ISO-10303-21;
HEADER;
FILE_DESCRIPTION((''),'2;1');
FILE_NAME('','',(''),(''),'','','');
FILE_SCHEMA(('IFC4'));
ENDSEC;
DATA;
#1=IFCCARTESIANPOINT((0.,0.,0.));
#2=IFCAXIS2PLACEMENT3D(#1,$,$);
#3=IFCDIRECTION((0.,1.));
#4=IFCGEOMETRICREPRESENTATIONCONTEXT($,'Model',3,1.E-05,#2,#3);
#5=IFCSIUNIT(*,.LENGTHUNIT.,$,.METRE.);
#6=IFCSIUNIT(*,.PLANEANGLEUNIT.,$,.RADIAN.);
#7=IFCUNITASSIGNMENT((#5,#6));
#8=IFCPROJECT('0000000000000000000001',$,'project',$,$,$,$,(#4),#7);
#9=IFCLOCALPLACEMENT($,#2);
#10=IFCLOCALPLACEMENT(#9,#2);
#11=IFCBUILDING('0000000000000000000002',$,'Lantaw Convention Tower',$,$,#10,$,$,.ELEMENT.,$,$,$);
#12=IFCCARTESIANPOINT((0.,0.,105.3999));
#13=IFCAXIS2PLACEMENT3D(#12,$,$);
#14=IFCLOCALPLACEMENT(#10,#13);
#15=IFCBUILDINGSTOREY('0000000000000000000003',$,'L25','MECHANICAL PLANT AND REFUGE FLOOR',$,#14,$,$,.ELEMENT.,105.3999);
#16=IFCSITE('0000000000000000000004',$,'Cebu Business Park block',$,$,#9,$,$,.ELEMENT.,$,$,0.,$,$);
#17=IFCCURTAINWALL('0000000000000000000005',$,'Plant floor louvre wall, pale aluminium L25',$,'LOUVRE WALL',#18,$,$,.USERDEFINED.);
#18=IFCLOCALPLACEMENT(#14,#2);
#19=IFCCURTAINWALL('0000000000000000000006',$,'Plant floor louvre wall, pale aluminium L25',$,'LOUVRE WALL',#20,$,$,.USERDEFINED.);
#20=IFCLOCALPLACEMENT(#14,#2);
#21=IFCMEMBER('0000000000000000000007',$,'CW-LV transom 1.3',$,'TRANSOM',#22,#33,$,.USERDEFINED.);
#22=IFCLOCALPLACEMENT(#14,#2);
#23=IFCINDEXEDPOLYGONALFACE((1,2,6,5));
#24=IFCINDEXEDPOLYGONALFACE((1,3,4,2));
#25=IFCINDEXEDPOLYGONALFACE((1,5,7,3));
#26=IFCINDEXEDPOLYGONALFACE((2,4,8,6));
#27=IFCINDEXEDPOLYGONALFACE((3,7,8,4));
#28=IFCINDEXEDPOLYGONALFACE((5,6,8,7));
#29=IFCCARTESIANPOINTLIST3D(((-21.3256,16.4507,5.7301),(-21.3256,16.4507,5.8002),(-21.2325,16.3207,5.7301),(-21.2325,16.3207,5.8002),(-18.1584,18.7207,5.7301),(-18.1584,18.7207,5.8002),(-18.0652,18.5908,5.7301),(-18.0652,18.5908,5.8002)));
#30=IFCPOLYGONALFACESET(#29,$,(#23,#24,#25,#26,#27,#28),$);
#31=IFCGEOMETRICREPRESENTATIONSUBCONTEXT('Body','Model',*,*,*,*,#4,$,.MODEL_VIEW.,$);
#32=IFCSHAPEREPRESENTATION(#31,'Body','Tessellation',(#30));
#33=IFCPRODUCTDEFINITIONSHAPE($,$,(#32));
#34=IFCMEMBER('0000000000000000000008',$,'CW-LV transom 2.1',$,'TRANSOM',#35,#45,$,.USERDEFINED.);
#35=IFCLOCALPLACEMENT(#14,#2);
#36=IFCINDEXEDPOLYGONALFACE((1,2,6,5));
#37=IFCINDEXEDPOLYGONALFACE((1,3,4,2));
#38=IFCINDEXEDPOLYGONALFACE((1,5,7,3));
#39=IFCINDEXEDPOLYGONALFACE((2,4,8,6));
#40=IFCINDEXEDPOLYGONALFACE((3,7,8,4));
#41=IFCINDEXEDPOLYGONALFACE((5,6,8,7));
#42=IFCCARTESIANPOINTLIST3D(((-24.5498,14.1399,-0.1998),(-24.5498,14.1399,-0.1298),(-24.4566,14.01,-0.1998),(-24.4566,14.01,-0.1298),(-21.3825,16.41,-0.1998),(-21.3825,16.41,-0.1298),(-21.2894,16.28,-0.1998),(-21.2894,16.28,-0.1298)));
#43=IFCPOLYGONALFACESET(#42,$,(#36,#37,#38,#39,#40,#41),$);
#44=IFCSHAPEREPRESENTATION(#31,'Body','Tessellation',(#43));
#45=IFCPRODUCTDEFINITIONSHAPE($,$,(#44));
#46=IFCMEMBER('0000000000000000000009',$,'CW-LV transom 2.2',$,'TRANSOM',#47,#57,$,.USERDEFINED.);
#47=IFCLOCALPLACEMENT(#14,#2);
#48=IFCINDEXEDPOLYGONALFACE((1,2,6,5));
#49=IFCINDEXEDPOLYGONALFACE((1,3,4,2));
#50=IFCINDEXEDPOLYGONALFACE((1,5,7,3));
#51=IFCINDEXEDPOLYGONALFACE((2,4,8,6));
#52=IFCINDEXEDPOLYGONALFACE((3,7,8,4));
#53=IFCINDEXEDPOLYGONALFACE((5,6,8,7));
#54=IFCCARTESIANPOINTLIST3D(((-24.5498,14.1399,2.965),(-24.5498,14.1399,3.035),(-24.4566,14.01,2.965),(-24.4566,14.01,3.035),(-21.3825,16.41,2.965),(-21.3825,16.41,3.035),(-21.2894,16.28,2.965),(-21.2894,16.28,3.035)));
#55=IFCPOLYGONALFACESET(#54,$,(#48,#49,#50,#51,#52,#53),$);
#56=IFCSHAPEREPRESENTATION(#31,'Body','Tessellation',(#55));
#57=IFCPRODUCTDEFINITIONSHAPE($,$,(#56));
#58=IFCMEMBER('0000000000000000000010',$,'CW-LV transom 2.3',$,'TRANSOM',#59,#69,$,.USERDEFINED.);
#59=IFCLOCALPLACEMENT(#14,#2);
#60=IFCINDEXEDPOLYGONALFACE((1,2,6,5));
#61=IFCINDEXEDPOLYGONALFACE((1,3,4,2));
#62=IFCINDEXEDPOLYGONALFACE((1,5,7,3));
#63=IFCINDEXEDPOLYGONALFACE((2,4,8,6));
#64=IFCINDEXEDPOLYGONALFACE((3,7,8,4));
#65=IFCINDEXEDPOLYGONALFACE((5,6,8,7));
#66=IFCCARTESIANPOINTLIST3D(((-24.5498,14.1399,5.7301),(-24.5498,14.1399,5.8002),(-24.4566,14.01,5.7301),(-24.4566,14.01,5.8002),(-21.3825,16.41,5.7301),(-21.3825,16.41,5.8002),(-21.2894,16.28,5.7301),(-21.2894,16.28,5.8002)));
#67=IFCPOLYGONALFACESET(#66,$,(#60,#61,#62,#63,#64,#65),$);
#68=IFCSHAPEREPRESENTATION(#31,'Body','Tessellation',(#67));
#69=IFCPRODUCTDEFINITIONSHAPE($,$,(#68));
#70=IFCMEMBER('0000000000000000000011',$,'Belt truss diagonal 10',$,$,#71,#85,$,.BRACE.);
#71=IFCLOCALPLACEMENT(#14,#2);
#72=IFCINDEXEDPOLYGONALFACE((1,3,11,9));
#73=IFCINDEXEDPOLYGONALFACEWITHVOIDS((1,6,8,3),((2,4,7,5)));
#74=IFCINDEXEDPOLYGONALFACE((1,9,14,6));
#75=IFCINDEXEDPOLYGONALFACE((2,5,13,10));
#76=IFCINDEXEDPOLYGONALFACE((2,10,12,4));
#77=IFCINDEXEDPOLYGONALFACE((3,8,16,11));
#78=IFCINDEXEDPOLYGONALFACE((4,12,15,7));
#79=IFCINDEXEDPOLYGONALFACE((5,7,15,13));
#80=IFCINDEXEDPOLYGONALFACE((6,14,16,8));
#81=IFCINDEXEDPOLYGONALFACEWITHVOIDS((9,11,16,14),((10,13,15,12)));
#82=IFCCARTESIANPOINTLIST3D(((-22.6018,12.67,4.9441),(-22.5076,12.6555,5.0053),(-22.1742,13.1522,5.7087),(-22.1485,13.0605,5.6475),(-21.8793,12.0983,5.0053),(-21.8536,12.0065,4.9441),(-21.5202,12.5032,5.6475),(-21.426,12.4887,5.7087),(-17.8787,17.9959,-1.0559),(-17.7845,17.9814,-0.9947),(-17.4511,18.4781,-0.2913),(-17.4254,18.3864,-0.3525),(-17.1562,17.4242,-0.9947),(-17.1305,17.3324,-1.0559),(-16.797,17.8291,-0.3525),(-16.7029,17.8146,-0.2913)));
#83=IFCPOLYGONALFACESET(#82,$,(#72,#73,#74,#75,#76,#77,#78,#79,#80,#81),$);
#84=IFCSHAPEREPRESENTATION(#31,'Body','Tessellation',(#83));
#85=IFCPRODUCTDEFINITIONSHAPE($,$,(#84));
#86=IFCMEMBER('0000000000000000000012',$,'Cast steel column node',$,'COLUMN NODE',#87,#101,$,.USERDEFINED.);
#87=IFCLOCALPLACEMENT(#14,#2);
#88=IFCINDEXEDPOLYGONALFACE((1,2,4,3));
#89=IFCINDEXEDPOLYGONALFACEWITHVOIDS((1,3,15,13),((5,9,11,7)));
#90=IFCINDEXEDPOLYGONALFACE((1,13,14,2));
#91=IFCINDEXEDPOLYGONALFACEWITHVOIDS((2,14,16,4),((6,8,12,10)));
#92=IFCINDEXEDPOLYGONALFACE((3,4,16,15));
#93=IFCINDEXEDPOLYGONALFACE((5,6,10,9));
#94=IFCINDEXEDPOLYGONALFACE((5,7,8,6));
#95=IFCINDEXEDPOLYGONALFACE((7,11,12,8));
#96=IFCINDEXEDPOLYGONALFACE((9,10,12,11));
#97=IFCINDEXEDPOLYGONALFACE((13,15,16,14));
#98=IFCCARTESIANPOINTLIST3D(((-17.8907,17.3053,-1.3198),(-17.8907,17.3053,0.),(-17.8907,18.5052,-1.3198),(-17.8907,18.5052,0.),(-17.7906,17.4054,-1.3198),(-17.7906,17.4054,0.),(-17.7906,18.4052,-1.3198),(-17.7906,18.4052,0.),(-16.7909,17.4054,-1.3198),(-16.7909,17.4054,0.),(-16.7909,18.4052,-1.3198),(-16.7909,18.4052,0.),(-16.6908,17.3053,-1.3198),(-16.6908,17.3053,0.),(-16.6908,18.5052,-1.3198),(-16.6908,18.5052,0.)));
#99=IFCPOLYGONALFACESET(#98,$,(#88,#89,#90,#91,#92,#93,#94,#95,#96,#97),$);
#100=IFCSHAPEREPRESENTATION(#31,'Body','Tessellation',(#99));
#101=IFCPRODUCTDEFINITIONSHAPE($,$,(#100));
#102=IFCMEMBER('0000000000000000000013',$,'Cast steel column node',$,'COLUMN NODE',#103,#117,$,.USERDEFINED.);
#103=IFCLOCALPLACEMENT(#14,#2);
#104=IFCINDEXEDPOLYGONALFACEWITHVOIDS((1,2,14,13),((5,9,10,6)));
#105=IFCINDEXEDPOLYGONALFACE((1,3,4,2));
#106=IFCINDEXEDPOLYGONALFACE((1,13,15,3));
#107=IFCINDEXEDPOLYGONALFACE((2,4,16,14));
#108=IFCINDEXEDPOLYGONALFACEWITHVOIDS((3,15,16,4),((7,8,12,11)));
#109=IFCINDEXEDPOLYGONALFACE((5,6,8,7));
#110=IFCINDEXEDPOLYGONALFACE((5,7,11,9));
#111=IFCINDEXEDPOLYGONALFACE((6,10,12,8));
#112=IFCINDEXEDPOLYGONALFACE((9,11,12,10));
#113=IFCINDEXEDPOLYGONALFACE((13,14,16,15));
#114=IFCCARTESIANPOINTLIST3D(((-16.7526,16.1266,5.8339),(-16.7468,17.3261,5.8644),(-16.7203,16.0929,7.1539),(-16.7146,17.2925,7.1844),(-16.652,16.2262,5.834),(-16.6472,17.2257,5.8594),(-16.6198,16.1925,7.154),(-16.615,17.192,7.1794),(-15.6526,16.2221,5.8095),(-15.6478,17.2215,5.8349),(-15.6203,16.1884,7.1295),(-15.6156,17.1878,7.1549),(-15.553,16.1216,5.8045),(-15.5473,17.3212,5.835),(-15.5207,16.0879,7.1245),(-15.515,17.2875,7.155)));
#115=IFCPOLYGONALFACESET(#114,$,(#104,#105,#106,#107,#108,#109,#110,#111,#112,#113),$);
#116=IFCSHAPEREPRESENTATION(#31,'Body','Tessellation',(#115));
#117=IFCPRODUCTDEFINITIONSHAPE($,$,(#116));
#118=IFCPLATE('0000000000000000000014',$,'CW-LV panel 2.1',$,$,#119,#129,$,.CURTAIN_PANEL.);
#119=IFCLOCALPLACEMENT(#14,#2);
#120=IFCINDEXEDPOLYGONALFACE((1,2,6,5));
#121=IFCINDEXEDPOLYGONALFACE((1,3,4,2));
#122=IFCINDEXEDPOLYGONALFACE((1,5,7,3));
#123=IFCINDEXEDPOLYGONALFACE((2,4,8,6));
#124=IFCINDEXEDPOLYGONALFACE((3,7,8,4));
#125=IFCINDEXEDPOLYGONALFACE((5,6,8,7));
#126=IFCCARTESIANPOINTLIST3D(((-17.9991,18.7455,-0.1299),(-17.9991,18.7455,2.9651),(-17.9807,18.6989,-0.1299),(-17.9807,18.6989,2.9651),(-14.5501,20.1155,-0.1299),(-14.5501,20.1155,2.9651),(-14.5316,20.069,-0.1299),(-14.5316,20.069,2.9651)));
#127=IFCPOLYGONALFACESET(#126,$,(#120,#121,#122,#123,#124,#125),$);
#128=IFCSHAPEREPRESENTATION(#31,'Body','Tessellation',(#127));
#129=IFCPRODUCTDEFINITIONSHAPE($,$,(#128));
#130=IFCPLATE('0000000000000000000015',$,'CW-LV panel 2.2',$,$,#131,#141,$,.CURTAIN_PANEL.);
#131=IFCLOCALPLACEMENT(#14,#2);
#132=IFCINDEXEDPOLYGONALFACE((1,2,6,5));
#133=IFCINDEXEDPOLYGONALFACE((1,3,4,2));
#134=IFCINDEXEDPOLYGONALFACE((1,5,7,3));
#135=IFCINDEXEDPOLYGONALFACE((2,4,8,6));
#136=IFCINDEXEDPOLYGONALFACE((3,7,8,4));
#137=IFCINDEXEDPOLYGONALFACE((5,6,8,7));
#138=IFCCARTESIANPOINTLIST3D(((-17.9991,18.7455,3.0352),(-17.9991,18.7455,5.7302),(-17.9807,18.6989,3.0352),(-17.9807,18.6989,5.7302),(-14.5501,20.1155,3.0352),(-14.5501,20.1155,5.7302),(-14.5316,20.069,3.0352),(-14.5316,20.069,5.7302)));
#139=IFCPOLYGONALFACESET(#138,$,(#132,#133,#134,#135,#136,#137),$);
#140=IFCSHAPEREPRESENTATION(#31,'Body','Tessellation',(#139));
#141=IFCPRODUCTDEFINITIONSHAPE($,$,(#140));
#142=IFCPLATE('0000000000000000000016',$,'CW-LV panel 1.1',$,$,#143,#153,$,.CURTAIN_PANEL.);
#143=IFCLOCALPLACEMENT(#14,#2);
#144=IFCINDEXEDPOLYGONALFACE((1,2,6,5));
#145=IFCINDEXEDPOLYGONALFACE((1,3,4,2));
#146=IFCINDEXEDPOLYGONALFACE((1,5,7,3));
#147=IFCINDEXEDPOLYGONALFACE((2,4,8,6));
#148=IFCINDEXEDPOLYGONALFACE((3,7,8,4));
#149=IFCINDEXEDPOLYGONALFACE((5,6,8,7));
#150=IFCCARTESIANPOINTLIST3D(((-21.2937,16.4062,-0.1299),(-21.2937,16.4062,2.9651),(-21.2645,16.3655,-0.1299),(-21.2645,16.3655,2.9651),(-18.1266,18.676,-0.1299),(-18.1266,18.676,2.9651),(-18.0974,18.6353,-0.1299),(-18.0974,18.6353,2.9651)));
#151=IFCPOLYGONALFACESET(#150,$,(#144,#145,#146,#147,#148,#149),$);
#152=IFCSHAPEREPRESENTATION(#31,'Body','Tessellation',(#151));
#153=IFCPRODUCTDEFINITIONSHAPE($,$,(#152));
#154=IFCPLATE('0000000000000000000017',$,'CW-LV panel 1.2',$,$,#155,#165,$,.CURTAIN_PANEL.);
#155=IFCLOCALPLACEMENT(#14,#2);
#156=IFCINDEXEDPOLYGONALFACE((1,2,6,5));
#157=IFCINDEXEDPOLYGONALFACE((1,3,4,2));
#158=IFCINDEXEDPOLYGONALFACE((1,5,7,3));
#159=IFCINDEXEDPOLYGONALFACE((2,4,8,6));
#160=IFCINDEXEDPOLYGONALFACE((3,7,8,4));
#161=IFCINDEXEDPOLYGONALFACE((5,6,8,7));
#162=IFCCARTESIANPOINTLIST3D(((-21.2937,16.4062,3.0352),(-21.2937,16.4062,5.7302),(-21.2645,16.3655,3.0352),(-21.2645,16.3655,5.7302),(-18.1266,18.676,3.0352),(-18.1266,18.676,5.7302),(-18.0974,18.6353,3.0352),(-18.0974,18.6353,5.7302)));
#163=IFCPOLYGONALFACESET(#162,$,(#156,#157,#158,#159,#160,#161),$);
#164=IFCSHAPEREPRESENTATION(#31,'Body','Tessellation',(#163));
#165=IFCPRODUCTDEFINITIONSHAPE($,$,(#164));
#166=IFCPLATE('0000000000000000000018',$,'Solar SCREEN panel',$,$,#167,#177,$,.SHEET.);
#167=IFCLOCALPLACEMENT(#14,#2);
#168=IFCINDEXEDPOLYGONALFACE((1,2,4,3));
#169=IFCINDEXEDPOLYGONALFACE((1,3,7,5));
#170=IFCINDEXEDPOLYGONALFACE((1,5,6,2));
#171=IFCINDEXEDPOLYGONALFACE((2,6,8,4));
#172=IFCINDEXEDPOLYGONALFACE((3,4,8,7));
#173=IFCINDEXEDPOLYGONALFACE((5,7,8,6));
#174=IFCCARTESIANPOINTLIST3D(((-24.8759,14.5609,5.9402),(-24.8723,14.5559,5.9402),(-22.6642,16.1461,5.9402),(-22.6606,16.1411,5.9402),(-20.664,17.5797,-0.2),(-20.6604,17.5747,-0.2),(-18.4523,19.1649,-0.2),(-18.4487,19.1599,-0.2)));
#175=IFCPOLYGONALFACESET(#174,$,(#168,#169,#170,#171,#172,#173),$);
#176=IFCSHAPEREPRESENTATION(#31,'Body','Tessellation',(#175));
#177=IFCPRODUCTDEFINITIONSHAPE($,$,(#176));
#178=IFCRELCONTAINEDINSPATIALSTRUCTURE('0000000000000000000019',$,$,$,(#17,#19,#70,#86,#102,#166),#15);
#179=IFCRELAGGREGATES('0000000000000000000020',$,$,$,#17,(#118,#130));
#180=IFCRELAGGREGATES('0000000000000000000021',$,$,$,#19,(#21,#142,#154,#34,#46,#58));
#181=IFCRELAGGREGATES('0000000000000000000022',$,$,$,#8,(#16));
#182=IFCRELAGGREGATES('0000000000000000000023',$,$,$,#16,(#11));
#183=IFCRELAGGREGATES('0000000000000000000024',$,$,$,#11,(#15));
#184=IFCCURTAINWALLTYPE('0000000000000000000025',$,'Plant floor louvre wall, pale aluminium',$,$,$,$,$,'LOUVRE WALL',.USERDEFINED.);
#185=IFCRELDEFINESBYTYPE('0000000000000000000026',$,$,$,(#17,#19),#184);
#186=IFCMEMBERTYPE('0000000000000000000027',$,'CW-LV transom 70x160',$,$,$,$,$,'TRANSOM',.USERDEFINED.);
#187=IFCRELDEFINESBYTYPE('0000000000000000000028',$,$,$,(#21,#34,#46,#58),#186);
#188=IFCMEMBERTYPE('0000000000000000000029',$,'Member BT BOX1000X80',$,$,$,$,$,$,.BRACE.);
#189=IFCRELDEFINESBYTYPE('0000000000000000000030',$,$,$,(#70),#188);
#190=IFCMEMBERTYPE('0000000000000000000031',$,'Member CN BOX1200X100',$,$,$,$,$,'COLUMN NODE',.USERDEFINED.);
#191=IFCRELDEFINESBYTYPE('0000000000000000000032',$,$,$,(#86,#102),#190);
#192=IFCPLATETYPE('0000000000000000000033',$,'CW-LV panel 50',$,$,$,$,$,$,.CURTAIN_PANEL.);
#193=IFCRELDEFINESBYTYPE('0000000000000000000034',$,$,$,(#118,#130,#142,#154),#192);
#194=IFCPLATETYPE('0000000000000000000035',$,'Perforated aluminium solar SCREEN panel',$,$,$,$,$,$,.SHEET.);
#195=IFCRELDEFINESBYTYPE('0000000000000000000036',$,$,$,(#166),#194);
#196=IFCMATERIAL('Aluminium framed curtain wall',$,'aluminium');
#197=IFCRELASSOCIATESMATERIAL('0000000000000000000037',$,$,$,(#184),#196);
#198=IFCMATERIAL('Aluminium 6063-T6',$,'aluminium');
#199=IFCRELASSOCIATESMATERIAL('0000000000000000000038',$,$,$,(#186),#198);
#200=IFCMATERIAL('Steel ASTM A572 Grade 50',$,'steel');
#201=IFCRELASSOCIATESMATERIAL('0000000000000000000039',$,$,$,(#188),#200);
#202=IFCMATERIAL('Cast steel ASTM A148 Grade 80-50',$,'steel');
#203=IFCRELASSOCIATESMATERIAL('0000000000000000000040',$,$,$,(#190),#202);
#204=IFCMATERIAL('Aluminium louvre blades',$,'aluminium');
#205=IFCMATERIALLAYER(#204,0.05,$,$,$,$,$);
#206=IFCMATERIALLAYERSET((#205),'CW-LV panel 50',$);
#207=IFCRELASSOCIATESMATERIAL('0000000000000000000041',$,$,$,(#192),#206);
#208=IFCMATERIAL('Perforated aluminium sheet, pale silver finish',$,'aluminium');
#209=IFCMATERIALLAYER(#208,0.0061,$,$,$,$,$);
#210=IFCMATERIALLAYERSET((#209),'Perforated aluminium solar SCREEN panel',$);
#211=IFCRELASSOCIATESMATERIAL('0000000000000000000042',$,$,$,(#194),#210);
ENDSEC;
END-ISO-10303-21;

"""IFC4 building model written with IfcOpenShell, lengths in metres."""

from ifc_helpers import new_model, si_unit, direction, frame, origin, origin_2d, place, context, subcontext, project, spatial, polyline, rectangle, hollow_rectangle, outline, extrude, material, layer, layer_set, material_profile, profile_set, type_object, element, aggregate, save


model = new_model("IFC4")

# Units and contexts
model_context = context("Model", 3, precision=1e-05, world=origin(), true_north=direction((0.0, 1.0)))
body_context = subcontext(model_context, "Body", "Model", "MODEL_VIEW")
ifc_project = project(units=[si_unit("LENGTHUNIT", "METRE"), si_unit("PLANEANGLEUNIT", "RADIAN")], contexts=[model_context])

# Site, building, storey
site_placement = place(None, origin())
site = spatial("IfcSite", under=ifc_project, at=site_placement, Name="Cebu Business Park block", CompositionType="ELEMENT", RefElevation=0.0)
building_placement = place(site_placement, origin())
building = spatial("IfcBuilding", under=site, at=building_placement, Name="Lantaw Convention Tower", CompositionType="ELEMENT")
storey_placement = place(building_placement, frame((0.0, 0.0, 105.3999)))
storey = spatial("IfcBuildingStorey", under=building, at=storey_placement, Name="L25", Description="MECHANICAL PLANT AND REFUGE FLOOR", CompositionType="ELEMENT", Elevation=105.3999)

# Curtain wall
ifc_material_1 = material(Name="Aluminium framed curtain wall", Category="aluminium")
curtain_wall_type = type_object("IfcCurtainWallType", Name="Plant floor louvre wall, pale aluminium", ElementType="LOUVRE WALL", PredefinedType="USERDEFINED", material=ifc_material_1)
curtain_wall_1_placement = place(storey_placement, origin())
curtain_wall_1 = element("IfcCurtainWall", 1, at=curtain_wall_1_placement, inside=storey, type_object=curtain_wall_type, Name="Plant floor louvre wall, pale aluminium L25", ObjectType="LOUVRE WALL", PredefinedType="USERDEFINED")
ifc_material_2 = material(Name="Aluminium 6063-T6", Category="aluminium")

# Curtain wall, members
curtain_wall_2_placement = place(storey_placement, origin())
curtain_wall_2 = element("IfcCurtainWall", 2, at=curtain_wall_2_placement, inside=storey, type_object=curtain_wall_type, Name="Plant floor louvre wall, pale aluminium L25", ObjectType="LOUVRE WALL", PredefinedType="USERDEFINED")
ifc_material_profile_1 = material_profile(ifc_material_2, rectangle(XDim=0.1599, YDim=0.0701, at=origin_2d()), Name="CW-LV transom 70x160")
ifc_profile_set_1 = profile_set([ifc_material_profile_1], Name="Aluminium 6063-T6")
member_type_1 = type_object("IfcMemberType", Name="CW-LV transom 70x160", ElementType="TRANSOM", PredefinedType="USERDEFINED", material=ifc_profile_set_1)
member_1_placement = place(storey_placement, frame((-18.1118, 18.6558, 5.7651), z_axis=(-0.812797, -0.582547, 0.0), x_axis=(0.582547, -0.812797, 0.0)))
member_1 = element("IfcMember", 3, at=member_1_placement, type_object=member_type_1, Name="CW-LV transom 1.3", ObjectType="TRANSOM", PredefinedType="USERDEFINED", context=body_context, shape_type="SweptSolid", body=[
    extrude(rectangle(XDim=0.1599, YDim=0.0701, at=origin_2d()), origin(), (0.0, 0.0, 1.0), 3.8967),
])
member_2_placement = place(storey_placement, frame((-21.3359, 16.345, -0.1648), z_axis=(-0.812797, -0.582547, 0.0), x_axis=(0.582547, -0.812797, 0.0)))
member_2 = element("IfcMember", 4, at=member_2_placement, type_object=member_type_1, Name="CW-LV transom 2.1", ObjectType="TRANSOM", PredefinedType="USERDEFINED", context=body_context, shape_type="SweptSolid", body=[
    extrude(rectangle(XDim=0.1599, YDim=0.0701, at=origin_2d()), origin(), (0.0, 0.0, 1.0), 3.8967),
])
member_3_placement = place(storey_placement, frame((-21.3359, 16.345, 3.0), z_axis=(-0.812797, -0.582547, 0.0), x_axis=(0.582547, -0.812797, 0.0)))
member_3 = element("IfcMember", 5, at=member_3_placement, type_object=member_type_1, Name="CW-LV transom 2.2", ObjectType="TRANSOM", PredefinedType="USERDEFINED", context=body_context, shape_type="SweptSolid", body=[
    extrude(rectangle(XDim=0.1599, YDim=0.0701, at=origin_2d()), origin(), (0.0, 0.0, 1.0), 3.8967),
])
member_4_placement = place(storey_placement, frame((-21.3359, 16.345, 5.7651), z_axis=(-0.812797, -0.582547, 0.0), x_axis=(0.582547, -0.812797, 0.0)))
member_4 = element("IfcMember", 6, at=member_4_placement, type_object=member_type_1, Name="CW-LV transom 2.3", ObjectType="TRANSOM", PredefinedType="USERDEFINED", context=body_context, shape_type="SweptSolid", body=[
    extrude(rectangle(XDim=0.1599, YDim=0.0701, at=origin_2d()), origin(), (0.0, 0.0, 1.0), 3.8967),
])

# Members
ifc_material_3 = material(Name="Steel ASTM A572 Grade 50", Category="steel")
ifc_material_profile_2 = material_profile(ifc_material_3, hollow_rectangle(XDim=1.0, YDim=1.0, WallThickness=0.0801, at=origin_2d()), Name="BOX1000X80")
ifc_profile_set_2 = profile_set([ifc_material_profile_2], Name="Steel ASTM A572 Grade 50")
member_type_2 = type_object("IfcMemberType", Name="Member BT BOX1000X80", PredefinedType="BRACE", material=ifc_profile_set_2)
member_5_placement = place(storey_placement, frame((-17.2908, 17.9053, -0.6736), z_axis=(-0.507327, -0.572074, 0.644478), x_axis=(0.748177, -0.663499, 0.0)))
element("IfcMember", 7, at=member_5_placement, inside=storey, type_object=member_type_2, Name="Belt truss diagonal 10", PredefinedType="BRACE", context=body_context, shape_type="SweptSolid", body=[
    extrude(hollow_rectangle(XDim=1.0, YDim=1.0, WallThickness=0.0801, at=origin_2d()), origin(), (0.0, 0.0, 1.0), 9.3098),
])
ifc_material_4 = material(Name="Cast steel ASTM A148 Grade 80-50", Category="steel")
ifc_material_profile_3 = material_profile(ifc_material_4, hollow_rectangle(XDim=1.2, YDim=1.2, WallThickness=0.1001, at=origin_2d()), Name="BOX1200X100")
ifc_profile_set_3 = profile_set([ifc_material_profile_3], Name="Cast steel ASTM A148 Grade 80-50")
member_type_3 = type_object("IfcMemberType", Name="Member CN BOX1200X100", ElementType="COLUMN NODE", PredefinedType="USERDEFINED", material=ifc_profile_set_3)
member_6_placement = place(storey_placement, frame((-17.2908, 17.9053, -1.3198), z_axis=(0.0, 0.0, 1.0), x_axis=(1.0, 0.0, 0.0)))
element("IfcMember", 8, at=member_6_placement, inside=storey, type_object=member_type_3, Name="Cast steel column node", ObjectType="COLUMN NODE", PredefinedType="USERDEFINED", context=body_context, shape_type="SweptSolid", body=[
    extrude(hollow_rectangle(XDim=1.2, YDim=1.2, WallThickness=0.1001, at=origin_2d()), origin(), (0.0, 0.0, 1.0), 1.3198),
])
member_7_placement = place(storey_placement, frame((-16.1499, 16.7239, 5.8345), z_axis=(0.024398, -0.025507, 0.999377), x_axis=(0.999691, -0.004146, -0.024511)))
element("IfcMember", 9, at=member_7_placement, inside=storey, type_object=member_type_3, Name="Cast steel column node", ObjectType="COLUMN NODE", PredefinedType="USERDEFINED", context=body_context, shape_type="SweptSolid", body=[
    extrude(hollow_rectangle(XDim=1.2, YDim=1.2, WallThickness=0.1001, at=origin_2d()), origin(), (0.0, 0.0, 1.0), 1.3208),
])

# Plates
ifc_material_5 = material(Name="Aluminium louvre blades", Category="aluminium")
ifc_layer_1 = layer(ifc_material_5, 0.05)
ifc_layer_set_1 = layer_set([ifc_layer_1], Name="CW-LV panel 50")
plate_type_1 = type_object("IfcPlateType", Name="CW-LV panel 50", PredefinedType="CURTAIN_PANEL", material=ifc_layer_set_1)
plate_1_placement = place(storey_placement, frame((-16.2654, 19.4072, -0.1299), z_axis=(0.0, 0.0, 1.0), x_axis=(-0.929361, -0.369172, 0.0)))
plate_1 = element("IfcPlate", 10, at=plate_1_placement, type_object=plate_type_1, Name="CW-LV panel 2.1", PredefinedType="CURTAIN_PANEL", context=body_context, shape_type="SweptSolid", body=[
    extrude(rectangle(XDim=3.7112, YDim=0.05, at=origin_2d()), origin(), (0.0, 0.0, 1.0), 3.095),
])
plate_2_placement = place(storey_placement, frame((-16.2654, 19.4072, 3.0352), z_axis=(0.0, 0.0, 1.0), x_axis=(-0.929361, -0.369172, 0.0)))
plate_2 = element("IfcPlate", 11, at=plate_2_placement, type_object=plate_type_1, Name="CW-LV panel 2.2", PredefinedType="CURTAIN_PANEL", context=body_context, shape_type="SweptSolid", body=[
    extrude(rectangle(XDim=3.7112, YDim=0.05, at=origin_2d()), origin(), (0.0, 0.0, 1.0), 2.6951),
])
aggregate(curtain_wall_1, [plate_1, plate_2])
plate_3_placement = place(storey_placement, frame((-19.6956, 17.5208, -0.1299), z_axis=(0.0, 0.0, 1.0), x_axis=(-0.812804, -0.582538, 0.0)))
plate_3 = element("IfcPlate", 12, at=plate_3_placement, type_object=plate_type_1, Name="CW-LV panel 1.1", PredefinedType="CURTAIN_PANEL", context=body_context, shape_type="SweptSolid", body=[
    extrude(rectangle(XDim=3.8965, YDim=0.05, at=origin_2d()), origin(), (0.0, 0.0, 1.0), 3.095),
])
plate_4_placement = place(storey_placement, frame((-19.6956, 17.5208, 3.0352), z_axis=(0.0, 0.0, 1.0), x_axis=(-0.812804, -0.582538, 0.0)))
plate_4 = element("IfcPlate", 13, at=plate_4_placement, type_object=plate_type_1, Name="CW-LV panel 1.2", PredefinedType="CURTAIN_PANEL", context=body_context, shape_type="SweptSolid", body=[
    extrude(rectangle(XDim=3.8965, YDim=0.05, at=origin_2d()), origin(), (0.0, 0.0, 1.0), 2.6951),
])
aggregate(curtain_wall_2, [member_1, plate_3, plate_4, member_2, member_3, member_4])
ifc_material_6 = material(Name="Perforated aluminium sheet, pale silver finish", Category="aluminium")
ifc_layer_2 = layer(ifc_material_6, 0.0061)
ifc_layer_set_2 = layer_set([ifc_layer_2], Name="Perforated aluminium solar SCREEN panel")
plate_type_2 = type_object("IfcPlateType", Name="Perforated aluminium solar SCREEN panel", PredefinedType="SHEET", material=ifc_layer_set_2)
plate_5_placement = place(storey_placement, frame((-18.4487, 19.1599, -0.2), z_axis=(0.582561, -0.812787, 0.00001), x_axis=(-0.812787, -0.582561, 0.0)))
element("IfcPlate", 14, at=plate_5_placement, inside=storey, type_object=plate_type_2, Name="Solar SCREEN panel", PredefinedType="SHEET", context=body_context, shape_type="SweptSolid", body=[
    extrude(outline(polyline([(0.0, 0.0), (2.7211, 0.0), (7.9031, -6.1401), (5.182, -6.1401), (0.0, 0.0)])), origin(), (0.0, 0.0, -1.0), 0.0061),
])

save(model, "model.ifc")
